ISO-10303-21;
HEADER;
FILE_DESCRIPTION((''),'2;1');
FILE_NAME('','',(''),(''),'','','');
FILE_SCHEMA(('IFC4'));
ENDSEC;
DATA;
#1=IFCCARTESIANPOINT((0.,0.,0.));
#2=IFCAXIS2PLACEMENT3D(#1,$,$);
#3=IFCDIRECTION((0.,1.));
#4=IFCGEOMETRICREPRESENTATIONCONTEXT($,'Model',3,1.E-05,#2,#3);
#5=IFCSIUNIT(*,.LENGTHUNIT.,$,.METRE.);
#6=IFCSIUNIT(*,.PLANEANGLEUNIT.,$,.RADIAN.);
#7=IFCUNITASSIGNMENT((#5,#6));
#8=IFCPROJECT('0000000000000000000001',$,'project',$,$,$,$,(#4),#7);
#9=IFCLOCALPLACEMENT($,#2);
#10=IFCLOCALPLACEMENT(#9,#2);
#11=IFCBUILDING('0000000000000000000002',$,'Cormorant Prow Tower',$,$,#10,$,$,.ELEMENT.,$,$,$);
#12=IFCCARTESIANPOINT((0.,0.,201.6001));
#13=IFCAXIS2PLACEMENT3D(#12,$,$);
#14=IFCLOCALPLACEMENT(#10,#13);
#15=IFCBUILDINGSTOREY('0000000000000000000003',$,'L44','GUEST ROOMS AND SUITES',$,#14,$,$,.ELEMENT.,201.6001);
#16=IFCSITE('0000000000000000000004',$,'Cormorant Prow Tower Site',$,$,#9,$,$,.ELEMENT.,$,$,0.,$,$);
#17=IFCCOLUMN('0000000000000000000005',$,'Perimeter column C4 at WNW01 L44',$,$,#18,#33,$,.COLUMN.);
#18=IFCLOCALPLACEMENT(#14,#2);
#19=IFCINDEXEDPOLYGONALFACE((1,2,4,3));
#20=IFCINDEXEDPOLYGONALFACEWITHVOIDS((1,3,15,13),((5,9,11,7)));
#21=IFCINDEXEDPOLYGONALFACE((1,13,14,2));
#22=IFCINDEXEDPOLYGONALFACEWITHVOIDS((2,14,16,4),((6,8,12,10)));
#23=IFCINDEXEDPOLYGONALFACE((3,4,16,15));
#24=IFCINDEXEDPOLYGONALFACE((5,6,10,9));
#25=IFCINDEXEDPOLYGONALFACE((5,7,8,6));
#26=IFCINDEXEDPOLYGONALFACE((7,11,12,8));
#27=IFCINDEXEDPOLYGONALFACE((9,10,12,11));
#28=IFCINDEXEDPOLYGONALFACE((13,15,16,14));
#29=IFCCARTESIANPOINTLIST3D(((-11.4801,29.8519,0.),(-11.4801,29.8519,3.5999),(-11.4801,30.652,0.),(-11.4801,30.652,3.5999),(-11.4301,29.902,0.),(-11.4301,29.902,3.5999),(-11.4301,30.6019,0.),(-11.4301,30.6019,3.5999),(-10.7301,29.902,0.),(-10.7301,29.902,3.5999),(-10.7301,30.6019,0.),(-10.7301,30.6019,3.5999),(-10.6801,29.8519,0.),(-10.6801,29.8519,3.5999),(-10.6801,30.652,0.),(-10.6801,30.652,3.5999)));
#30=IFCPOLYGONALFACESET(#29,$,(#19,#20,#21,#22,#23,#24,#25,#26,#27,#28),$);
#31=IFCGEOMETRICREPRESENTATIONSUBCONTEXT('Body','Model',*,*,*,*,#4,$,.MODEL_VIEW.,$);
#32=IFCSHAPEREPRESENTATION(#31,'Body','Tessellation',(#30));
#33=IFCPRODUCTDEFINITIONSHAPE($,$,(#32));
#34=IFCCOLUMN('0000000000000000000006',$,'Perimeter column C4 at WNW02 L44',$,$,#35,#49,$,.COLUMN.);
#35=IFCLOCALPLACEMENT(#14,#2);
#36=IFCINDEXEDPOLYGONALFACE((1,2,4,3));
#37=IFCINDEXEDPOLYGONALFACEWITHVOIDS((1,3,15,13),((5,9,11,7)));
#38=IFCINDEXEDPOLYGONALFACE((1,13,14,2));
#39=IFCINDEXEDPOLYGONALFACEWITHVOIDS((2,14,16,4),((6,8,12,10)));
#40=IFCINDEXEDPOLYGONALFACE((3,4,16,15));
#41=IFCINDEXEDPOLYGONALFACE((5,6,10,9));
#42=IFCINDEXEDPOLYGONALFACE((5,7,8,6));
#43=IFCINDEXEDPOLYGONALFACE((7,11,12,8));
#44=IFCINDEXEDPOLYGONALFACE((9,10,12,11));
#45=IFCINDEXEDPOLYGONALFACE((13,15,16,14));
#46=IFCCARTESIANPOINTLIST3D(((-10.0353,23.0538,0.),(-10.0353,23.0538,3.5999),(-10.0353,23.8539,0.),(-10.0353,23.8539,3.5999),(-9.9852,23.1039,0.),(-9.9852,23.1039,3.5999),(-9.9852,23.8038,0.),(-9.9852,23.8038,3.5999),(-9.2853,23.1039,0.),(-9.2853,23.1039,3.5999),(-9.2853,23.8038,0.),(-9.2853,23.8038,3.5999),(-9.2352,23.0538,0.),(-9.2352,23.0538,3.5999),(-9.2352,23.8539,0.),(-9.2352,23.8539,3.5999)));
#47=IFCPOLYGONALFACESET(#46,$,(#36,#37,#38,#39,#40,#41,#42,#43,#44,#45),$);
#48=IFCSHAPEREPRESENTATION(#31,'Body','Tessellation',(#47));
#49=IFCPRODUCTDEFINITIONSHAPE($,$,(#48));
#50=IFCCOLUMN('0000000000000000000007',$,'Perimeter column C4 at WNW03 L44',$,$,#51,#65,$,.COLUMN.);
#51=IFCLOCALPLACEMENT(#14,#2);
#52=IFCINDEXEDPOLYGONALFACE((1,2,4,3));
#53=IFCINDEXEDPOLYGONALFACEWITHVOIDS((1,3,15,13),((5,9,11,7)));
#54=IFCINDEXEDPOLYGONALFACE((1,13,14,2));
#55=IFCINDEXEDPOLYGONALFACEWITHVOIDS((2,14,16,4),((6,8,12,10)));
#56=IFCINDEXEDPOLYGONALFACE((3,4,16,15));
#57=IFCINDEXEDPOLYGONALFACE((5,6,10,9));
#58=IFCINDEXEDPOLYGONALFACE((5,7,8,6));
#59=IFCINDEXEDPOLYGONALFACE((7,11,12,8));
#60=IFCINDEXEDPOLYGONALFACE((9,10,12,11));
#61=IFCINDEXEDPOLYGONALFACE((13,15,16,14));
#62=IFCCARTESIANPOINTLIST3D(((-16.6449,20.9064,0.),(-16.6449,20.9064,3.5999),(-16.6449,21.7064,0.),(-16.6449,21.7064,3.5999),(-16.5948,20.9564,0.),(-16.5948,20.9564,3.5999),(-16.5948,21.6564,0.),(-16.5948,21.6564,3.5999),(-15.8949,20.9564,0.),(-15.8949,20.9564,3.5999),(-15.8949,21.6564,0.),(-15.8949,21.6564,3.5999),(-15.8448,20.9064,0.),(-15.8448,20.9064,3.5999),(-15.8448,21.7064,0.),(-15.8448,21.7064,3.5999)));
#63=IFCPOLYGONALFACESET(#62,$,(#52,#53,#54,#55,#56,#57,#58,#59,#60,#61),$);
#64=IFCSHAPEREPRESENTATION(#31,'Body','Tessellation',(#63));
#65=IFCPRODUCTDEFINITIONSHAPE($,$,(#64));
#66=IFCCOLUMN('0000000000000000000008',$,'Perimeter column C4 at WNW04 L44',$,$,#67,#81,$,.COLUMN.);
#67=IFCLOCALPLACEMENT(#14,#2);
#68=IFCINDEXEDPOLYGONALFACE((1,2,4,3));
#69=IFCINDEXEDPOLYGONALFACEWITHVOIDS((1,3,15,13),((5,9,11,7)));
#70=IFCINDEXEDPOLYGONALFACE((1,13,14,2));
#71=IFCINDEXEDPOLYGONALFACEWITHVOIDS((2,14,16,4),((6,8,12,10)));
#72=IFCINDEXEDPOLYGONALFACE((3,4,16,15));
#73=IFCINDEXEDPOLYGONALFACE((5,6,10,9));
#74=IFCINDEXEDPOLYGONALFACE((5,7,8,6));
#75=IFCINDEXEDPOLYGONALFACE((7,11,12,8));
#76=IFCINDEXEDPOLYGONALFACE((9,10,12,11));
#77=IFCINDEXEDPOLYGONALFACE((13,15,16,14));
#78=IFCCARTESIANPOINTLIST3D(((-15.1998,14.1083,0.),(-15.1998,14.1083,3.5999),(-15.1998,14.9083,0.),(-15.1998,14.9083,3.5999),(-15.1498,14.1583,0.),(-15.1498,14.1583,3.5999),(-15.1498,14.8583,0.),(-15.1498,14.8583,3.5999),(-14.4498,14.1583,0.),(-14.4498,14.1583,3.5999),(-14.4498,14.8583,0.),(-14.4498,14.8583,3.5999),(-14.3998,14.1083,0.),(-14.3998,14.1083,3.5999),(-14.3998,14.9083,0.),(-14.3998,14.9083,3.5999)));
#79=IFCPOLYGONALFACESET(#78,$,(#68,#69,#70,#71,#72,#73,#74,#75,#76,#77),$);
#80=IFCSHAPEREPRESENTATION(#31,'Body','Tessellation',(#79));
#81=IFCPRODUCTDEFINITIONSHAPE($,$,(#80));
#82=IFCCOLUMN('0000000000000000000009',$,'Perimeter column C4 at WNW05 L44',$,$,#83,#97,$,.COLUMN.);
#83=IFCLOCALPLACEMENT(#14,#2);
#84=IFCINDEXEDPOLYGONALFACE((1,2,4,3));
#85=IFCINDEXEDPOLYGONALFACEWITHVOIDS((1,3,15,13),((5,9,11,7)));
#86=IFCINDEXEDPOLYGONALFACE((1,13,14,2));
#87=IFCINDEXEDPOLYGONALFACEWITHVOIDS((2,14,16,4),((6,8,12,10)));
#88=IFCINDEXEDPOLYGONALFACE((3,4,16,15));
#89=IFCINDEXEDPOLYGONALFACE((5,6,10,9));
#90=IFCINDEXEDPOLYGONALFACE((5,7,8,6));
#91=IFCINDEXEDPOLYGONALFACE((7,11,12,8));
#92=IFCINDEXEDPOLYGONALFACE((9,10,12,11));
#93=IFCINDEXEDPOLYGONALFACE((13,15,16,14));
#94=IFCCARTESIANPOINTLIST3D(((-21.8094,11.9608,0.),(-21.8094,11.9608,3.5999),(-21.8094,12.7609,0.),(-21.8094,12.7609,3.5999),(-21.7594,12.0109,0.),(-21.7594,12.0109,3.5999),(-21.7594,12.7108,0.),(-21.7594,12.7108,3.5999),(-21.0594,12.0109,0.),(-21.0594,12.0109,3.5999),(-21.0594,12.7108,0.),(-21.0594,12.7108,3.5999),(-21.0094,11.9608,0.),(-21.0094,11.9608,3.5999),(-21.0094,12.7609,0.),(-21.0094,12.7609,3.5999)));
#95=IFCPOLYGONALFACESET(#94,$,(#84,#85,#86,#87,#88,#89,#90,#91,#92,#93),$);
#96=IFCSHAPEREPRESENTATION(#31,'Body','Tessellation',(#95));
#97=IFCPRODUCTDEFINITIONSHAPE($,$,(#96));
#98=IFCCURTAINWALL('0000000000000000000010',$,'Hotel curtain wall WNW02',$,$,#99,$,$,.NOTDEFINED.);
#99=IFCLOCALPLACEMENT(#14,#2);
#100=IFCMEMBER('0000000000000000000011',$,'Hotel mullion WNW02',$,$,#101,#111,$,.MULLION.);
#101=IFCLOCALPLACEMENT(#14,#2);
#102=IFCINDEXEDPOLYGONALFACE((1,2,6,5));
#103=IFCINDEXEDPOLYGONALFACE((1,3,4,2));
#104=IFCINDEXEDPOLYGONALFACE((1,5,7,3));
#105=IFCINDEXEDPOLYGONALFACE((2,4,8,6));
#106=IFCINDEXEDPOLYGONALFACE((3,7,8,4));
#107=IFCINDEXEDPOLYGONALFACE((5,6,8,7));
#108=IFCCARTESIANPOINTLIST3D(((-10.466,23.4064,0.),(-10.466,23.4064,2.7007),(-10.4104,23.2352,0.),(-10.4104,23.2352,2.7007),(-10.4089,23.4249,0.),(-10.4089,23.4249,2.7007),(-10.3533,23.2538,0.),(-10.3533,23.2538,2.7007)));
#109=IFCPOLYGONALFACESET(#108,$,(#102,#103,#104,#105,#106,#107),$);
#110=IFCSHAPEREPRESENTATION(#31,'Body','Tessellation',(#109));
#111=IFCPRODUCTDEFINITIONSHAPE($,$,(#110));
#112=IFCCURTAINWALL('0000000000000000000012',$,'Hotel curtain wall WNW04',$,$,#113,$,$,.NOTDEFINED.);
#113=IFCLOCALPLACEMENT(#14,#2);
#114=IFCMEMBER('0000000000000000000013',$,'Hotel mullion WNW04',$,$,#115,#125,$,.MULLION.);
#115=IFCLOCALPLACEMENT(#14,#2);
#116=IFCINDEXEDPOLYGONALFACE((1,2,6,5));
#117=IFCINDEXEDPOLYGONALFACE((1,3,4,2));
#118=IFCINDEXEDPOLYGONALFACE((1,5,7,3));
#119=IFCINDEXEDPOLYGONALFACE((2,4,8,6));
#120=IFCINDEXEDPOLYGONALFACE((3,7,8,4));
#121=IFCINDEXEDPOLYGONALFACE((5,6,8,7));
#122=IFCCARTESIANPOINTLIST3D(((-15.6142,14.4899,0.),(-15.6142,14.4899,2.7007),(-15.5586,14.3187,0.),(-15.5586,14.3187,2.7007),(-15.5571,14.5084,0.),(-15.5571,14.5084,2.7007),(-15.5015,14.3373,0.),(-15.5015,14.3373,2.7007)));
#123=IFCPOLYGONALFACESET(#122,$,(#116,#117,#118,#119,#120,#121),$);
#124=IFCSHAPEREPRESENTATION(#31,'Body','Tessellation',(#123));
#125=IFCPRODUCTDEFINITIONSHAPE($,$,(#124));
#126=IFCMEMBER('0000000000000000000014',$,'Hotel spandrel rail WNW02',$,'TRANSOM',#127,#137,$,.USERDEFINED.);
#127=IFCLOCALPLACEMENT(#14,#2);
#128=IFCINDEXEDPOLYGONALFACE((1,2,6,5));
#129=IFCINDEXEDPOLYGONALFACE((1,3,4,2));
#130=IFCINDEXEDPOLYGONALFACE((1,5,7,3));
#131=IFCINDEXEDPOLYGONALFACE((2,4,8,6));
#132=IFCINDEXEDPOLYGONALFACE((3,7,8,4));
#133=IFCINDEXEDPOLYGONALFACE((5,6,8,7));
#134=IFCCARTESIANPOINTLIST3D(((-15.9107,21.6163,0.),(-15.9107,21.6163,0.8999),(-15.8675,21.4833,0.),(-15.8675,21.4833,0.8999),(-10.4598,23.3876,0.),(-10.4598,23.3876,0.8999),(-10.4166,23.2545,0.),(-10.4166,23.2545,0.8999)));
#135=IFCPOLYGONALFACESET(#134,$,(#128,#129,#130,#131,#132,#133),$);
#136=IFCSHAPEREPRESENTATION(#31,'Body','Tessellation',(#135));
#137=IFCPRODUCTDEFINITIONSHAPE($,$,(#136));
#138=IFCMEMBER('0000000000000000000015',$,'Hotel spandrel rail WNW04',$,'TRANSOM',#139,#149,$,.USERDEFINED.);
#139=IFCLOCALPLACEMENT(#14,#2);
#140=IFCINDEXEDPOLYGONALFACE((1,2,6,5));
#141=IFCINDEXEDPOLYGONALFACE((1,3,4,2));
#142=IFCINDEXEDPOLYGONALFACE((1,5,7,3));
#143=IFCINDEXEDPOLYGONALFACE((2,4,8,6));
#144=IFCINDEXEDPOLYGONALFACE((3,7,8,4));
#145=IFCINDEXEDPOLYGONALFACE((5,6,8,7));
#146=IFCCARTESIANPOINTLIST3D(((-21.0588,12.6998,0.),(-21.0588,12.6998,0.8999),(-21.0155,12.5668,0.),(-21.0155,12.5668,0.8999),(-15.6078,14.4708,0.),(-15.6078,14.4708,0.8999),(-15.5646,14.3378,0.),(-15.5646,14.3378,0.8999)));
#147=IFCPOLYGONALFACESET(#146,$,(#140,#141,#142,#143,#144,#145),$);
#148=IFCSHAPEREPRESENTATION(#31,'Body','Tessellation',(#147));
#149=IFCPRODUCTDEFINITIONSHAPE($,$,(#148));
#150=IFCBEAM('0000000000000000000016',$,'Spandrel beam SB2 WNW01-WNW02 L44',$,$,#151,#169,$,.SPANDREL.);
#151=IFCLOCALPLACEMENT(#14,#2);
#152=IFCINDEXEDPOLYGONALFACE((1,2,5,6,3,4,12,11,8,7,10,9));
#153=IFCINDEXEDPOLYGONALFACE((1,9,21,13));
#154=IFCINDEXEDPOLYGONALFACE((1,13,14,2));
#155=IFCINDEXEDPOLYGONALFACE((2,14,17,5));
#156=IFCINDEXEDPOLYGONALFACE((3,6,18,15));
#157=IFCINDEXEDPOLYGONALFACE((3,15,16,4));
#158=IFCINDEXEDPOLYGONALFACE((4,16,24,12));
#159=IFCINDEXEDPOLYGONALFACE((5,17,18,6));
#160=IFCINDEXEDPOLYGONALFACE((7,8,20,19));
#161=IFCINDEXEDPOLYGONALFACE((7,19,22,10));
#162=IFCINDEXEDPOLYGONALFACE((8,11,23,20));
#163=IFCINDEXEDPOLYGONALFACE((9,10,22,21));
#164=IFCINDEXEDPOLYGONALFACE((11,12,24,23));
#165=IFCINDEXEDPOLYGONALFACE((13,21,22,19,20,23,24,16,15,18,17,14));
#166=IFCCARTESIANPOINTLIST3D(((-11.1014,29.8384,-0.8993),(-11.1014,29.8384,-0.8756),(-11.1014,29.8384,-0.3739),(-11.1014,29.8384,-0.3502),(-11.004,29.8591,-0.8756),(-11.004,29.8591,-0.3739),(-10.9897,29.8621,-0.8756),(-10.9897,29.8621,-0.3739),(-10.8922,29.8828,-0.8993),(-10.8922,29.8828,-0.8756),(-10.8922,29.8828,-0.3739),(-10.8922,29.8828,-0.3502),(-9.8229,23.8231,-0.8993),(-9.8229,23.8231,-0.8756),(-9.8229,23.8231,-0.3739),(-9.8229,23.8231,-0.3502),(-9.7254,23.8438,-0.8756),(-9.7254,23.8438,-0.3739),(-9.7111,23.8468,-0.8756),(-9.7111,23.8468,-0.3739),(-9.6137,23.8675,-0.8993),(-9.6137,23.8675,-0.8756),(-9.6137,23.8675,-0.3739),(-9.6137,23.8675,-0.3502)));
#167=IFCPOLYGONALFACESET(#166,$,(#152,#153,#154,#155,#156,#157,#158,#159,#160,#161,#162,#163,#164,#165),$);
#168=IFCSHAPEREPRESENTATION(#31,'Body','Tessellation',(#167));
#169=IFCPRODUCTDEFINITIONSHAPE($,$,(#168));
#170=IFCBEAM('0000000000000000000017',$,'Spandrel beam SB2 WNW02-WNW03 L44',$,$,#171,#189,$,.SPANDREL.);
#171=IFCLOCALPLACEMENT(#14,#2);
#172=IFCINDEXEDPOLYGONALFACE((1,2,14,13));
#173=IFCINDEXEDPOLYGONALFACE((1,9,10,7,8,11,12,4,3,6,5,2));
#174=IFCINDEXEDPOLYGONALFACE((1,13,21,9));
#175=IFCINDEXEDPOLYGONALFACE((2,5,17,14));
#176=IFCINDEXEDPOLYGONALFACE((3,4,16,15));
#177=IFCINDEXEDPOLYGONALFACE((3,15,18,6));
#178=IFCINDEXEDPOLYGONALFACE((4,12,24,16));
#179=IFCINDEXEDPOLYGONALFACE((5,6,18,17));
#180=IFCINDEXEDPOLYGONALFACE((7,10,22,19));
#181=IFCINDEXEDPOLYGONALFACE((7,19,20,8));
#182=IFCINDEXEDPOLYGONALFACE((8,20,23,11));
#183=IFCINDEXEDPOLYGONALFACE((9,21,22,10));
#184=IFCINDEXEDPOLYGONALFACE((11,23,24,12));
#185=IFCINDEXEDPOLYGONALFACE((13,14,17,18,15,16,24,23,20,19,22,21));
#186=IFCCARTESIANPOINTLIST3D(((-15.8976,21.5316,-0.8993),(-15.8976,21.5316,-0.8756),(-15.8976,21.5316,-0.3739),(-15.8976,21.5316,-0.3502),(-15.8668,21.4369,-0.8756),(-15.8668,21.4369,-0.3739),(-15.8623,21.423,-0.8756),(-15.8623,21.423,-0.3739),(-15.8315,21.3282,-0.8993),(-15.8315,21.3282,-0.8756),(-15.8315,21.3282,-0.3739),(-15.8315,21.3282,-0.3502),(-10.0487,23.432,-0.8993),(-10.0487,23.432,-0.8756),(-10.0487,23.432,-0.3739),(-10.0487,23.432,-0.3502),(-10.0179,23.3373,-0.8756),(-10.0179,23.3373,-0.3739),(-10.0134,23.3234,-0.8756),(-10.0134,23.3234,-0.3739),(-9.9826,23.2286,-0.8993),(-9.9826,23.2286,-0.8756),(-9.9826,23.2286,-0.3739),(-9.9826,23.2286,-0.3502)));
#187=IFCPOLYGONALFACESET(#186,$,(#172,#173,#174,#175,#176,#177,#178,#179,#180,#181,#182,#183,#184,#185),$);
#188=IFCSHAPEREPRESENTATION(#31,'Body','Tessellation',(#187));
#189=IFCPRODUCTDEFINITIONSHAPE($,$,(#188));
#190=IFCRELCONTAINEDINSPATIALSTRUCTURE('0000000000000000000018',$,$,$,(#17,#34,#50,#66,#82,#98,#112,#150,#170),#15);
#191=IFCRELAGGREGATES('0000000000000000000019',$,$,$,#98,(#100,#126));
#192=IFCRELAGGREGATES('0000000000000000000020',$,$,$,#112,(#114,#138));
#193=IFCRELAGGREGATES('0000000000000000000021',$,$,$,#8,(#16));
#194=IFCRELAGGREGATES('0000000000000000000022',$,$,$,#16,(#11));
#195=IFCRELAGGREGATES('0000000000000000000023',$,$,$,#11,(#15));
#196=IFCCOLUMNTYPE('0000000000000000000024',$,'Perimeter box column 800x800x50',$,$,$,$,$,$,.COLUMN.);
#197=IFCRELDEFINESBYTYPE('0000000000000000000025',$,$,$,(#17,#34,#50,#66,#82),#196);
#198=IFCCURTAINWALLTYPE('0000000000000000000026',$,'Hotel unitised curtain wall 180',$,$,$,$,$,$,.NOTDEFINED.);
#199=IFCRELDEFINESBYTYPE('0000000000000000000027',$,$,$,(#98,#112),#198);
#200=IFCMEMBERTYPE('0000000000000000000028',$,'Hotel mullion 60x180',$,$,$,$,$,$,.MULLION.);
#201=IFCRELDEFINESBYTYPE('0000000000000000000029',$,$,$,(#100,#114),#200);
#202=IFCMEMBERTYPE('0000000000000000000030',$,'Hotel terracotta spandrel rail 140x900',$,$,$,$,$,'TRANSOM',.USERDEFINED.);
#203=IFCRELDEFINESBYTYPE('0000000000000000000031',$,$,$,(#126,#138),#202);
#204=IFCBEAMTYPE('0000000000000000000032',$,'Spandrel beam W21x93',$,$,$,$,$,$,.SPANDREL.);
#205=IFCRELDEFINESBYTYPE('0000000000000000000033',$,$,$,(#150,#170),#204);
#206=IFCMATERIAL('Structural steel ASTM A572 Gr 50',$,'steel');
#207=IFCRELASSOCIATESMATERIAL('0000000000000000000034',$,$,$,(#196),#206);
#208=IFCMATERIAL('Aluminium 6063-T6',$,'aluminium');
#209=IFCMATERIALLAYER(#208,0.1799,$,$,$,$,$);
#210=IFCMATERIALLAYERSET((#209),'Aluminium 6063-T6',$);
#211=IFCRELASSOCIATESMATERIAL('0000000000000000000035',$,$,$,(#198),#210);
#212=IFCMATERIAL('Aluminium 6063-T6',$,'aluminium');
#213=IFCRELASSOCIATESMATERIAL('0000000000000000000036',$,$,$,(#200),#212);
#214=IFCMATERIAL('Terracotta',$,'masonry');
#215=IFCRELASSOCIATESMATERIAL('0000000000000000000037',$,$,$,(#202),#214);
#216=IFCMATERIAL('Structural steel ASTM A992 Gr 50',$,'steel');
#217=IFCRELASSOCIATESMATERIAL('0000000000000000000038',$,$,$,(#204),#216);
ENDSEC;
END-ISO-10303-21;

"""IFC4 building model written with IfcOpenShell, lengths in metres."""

from ifc_helpers import new_model, si_unit, direction, frame, origin, origin_2d, place, context, subcontext, project, spatial, rectangle, hollow_rectangle, i_section, extrude, material, layer, layer_set, material_profile, profile_set, type_object, element, aggregate, save


model = new_model("IFC4")

# Units and contexts
model_context = context("Model", 3, precision=1e-05, world=origin(), true_north=direction((0.0, 1.0)))
body_context = subcontext(model_context, "Body", "Model", "MODEL_VIEW")
ifc_project = project(units=[si_unit("LENGTHUNIT", "METRE"), si_unit("PLANEANGLEUNIT", "RADIAN")], contexts=[model_context])

# Site, building, storey
site_placement = place(None, origin())
site = spatial("IfcSite", under=ifc_project, at=site_placement, Name="Cormorant Prow Tower Site", CompositionType="ELEMENT", RefElevation=0.0)
building_placement = place(site_placement, origin())
building = spatial("IfcBuilding", under=site, at=building_placement, Name="Cormorant Prow Tower", CompositionType="ELEMENT")
storey_placement = place(building_placement, frame((0.0, 0.0, 201.6001)))
storey = spatial("IfcBuildingStorey", under=building, at=storey_placement, Name="L44", Description="GUEST ROOMS AND SUITES", CompositionType="ELEMENT", Elevation=201.6001)

# Columns
ifc_material_1 = material(Name="Structural steel ASTM A572 Gr 50", Category="steel")
ifc_material_profile_1 = material_profile(ifc_material_1, hollow_rectangle(XDim=0.8, YDim=0.8, WallThickness=0.05, at=origin_2d()), Name="Box 800x800x50")
ifc_profile_set_1 = profile_set([ifc_material_profile_1], Name="Structural steel ASTM A572 Gr 50")
column_type = type_object("IfcColumnType", Name="Perimeter box column 800x800x50", PredefinedType="COLUMN", material=ifc_profile_set_1)
for number, where, z_axis, x_axis, name in (
    (1, (-11.0801, 30.252, 0.0), (0.0, 0.0, 1.0), (1.0, 0.0, 0.0), "Perimeter column C4 at WNW01 L44"),
    (2, (-9.6353, 23.4539, 0.0), (0.0, 0.0, 1.0), (1.0, 0.0, 0.0), "Perimeter column C4 at WNW02 L44"),
    (3, (-16.2449, 21.3064, 0.0), (0.0, 0.0, 1.0), (1.0, 0.0, 0.0), "Perimeter column C4 at WNW03 L44"),
    (4, (-14.7998, 14.5083, 0.0), (0.0, 0.0, 1.0), (1.0, 0.0, 0.0), "Perimeter column C4 at WNW04 L44"),
    (5, (-21.4094, 12.3608, 0.0), (0.0, 0.0, 1.0), (1.0, 0.0, 0.0), "Perimeter column C4 at WNW05 L44"),
):
    element("IfcColumn", number, at=place(storey_placement, frame(where, z_axis=z_axis, x_axis=x_axis)), inside=storey, type_object=column_type, Name=name, PredefinedType="COLUMN", context=body_context, shape_type="SweptSolid", body=[
        extrude(hollow_rectangle(XDim=0.8, YDim=0.8, WallThickness=0.05, at=origin_2d()), origin(), (0.0, 0.0, 1.0), 3.5999),
    ])

# Curtain walls, members
ifc_material_2 = material(Name="Aluminium 6063-T6", Category="aluminium")
ifc_layer_1 = layer(ifc_material_2, 0.1799)
ifc_layer_set_1 = layer_set([ifc_layer_1], Name="Aluminium 6063-T6")
curtain_wall_type = type_object("IfcCurtainWallType", Name="Hotel unitised curtain wall 180", PredefinedType="NOTDEFINED", material=ifc_layer_set_1)
curtain_wall_1_placement = place(storey_placement, origin())
curtain_wall_1 = element("IfcCurtainWall", 6, at=curtain_wall_1_placement, inside=storey, type_object=curtain_wall_type, Name="Hotel curtain wall WNW02", PredefinedType="NOTDEFINED")
ifc_material_3 = material(Name="Aluminium 6063-T6", Category="aluminium")
ifc_material_profile_2 = material_profile(ifc_material_3, rectangle(XDim=0.1799, YDim=0.0601, at=origin_2d()), Name="Hotel mullion 60x180")
ifc_profile_set_2 = profile_set([ifc_material_profile_2], Name="Aluminium 6063-T6")
member_type_1 = type_object("IfcMemberType", Name="Hotel mullion 60x180", PredefinedType="MULLION", material=ifc_profile_set_2)
member_1_placement = place(storey_placement, frame((-10.4097, 23.3301, 0.0), z_axis=(0.0, 0.0, 1.0), x_axis=(0.309017, -0.951056, 0.0)))
member_1 = element("IfcMember", 7, at=member_1_placement, type_object=member_type_1, Name="Hotel mullion WNW02", PredefinedType="MULLION", context=body_context, shape_type="SweptSolid", body=[
    extrude(rectangle(XDim=0.1799, YDim=0.0601, at=origin_2d()), origin(), (0.0, 0.0, 1.0), 2.7007),
])
curtain_wall_2_placement = place(storey_placement, origin())
curtain_wall_2 = element("IfcCurtainWall", 8, at=curtain_wall_2_placement, inside=storey, type_object=curtain_wall_type, Name="Hotel curtain wall WNW04", PredefinedType="NOTDEFINED")
member_2_placement = place(storey_placement, frame((-15.5579, 14.4136, 0.0), z_axis=(0.0, 0.0, 1.0), x_axis=(0.309017, -0.951057, 0.0)))
member_2 = element("IfcMember", 9, at=member_2_placement, type_object=member_type_1, Name="Hotel mullion WNW04", PredefinedType="MULLION", context=body_context, shape_type="SweptSolid", body=[
    extrude(rectangle(XDim=0.1799, YDim=0.0601, at=origin_2d()), origin(), (0.0, 0.0, 1.0), 2.7007),
])

# Members
ifc_material_4 = material(Name="Terracotta", Category="masonry")
ifc_material_profile_3 = material_profile(ifc_material_4, rectangle(XDim=0.1399, YDim=0.8999, at=origin_2d()), Name="Hotel terracotta spandrel rail 140x900")
ifc_profile_set_3 = profile_set([ifc_material_profile_3], Name="Terracotta")
member_type_2 = type_object("IfcMemberType", Name="Hotel terracotta spandrel rail 140x900", ElementType="TRANSOM", PredefinedType="USERDEFINED", material=ifc_profile_set_3)
member_3_placement = place(storey_placement, frame((-10.4382, 23.321, 0.45), z_axis=(-0.95105, -0.309037, 0.0), x_axis=(0.309037, -0.95105, 0.0)))
member_3 = element("IfcMember", 10, at=member_3_placement, type_object=member_type_2, Name="Hotel spandrel rail WNW02", ObjectType="TRANSOM", PredefinedType="USERDEFINED", context=body_context, shape_type="SweptSolid", body=[
    extrude(rectangle(XDim=0.1399, YDim=0.8999, at=origin_2d()), origin(), (0.0, 0.0, 1.0), 5.7314),
])
member_4_placement = place(storey_placement, frame((-15.5862, 14.4043, 0.45), z_axis=(-0.951063, -0.308998, 0.0), x_axis=(0.308998, -0.951063, 0.0)))
member_4 = element("IfcMember", 11, at=member_4_placement, type_object=member_type_2, Name="Hotel spandrel rail WNW04", ObjectType="TRANSOM", PredefinedType="USERDEFINED", context=body_context, shape_type="SweptSolid", body=[
    extrude(rectangle(XDim=0.1399, YDim=0.8999, at=origin_2d()), origin(), (0.0, 0.0, 1.0), 5.7314),
])

# Beams
ifc_material_5 = material(Name="Structural steel ASTM A992 Gr 50", Category="steel")
ifc_material_profile_4 = material_profile(ifc_material_5, i_section(OverallWidth=0.2139, OverallDepth=0.5491, WebThickness=0.0146, FlangeThickness=0.0237, at=origin_2d()), Name="W21x93")
ifc_profile_set_4 = profile_set([ifc_material_profile_4], Name="Structural steel ASTM A992 Gr 50")
beam_type = type_object("IfcBeamType", Name="Spandrel beam W21x93", PredefinedType="SPANDREL", material=ifc_profile_set_4)
beam_1_placement = place(storey_placement, frame((-10.9968, 29.8606, -0.6248), z_axis=(0.207905, -0.978149, 0.0), x_axis=(0.978149, 0.207905, 0.0)))
element("IfcBeam", 12, at=beam_1_placement, inside=storey, type_object=beam_type, Name="Spandrel beam SB2 WNW01-WNW02 L44", PredefinedType="SPANDREL", context=body_context, shape_type="SweptSolid", body=[
    extrude(i_section(OverallWidth=0.2139, OverallDepth=0.5491, WebThickness=0.0146, FlangeThickness=0.0237, at=origin_2d()), origin(), (0.0, 0.0, 1.0), 6.1497),
])
beam_2_placement = place(storey_placement, frame((-10.0156, 23.3303, -0.6248), z_axis=(-0.951058, -0.309013, 0.0), x_axis=(0.309013, -0.951058, 0.0)))
element("IfcBeam", 13, at=beam_2_placement, inside=storey, type_object=beam_type, Name="Spandrel beam SB2 WNW02-WNW03 L44", PredefinedType="SPANDREL", context=body_context, shape_type="SweptSolid", body=[
    extrude(i_section(OverallWidth=0.2139, OverallDepth=0.5491, WebThickness=0.0146, FlangeThickness=0.0237, at=origin_2d()), origin(), (0.0, 0.0, 1.0), 6.1499),
])

aggregate(curtain_wall_1, [member_1, member_3])
aggregate(curtain_wall_2, [member_2, member_4])

save(model, "model.ifc")
